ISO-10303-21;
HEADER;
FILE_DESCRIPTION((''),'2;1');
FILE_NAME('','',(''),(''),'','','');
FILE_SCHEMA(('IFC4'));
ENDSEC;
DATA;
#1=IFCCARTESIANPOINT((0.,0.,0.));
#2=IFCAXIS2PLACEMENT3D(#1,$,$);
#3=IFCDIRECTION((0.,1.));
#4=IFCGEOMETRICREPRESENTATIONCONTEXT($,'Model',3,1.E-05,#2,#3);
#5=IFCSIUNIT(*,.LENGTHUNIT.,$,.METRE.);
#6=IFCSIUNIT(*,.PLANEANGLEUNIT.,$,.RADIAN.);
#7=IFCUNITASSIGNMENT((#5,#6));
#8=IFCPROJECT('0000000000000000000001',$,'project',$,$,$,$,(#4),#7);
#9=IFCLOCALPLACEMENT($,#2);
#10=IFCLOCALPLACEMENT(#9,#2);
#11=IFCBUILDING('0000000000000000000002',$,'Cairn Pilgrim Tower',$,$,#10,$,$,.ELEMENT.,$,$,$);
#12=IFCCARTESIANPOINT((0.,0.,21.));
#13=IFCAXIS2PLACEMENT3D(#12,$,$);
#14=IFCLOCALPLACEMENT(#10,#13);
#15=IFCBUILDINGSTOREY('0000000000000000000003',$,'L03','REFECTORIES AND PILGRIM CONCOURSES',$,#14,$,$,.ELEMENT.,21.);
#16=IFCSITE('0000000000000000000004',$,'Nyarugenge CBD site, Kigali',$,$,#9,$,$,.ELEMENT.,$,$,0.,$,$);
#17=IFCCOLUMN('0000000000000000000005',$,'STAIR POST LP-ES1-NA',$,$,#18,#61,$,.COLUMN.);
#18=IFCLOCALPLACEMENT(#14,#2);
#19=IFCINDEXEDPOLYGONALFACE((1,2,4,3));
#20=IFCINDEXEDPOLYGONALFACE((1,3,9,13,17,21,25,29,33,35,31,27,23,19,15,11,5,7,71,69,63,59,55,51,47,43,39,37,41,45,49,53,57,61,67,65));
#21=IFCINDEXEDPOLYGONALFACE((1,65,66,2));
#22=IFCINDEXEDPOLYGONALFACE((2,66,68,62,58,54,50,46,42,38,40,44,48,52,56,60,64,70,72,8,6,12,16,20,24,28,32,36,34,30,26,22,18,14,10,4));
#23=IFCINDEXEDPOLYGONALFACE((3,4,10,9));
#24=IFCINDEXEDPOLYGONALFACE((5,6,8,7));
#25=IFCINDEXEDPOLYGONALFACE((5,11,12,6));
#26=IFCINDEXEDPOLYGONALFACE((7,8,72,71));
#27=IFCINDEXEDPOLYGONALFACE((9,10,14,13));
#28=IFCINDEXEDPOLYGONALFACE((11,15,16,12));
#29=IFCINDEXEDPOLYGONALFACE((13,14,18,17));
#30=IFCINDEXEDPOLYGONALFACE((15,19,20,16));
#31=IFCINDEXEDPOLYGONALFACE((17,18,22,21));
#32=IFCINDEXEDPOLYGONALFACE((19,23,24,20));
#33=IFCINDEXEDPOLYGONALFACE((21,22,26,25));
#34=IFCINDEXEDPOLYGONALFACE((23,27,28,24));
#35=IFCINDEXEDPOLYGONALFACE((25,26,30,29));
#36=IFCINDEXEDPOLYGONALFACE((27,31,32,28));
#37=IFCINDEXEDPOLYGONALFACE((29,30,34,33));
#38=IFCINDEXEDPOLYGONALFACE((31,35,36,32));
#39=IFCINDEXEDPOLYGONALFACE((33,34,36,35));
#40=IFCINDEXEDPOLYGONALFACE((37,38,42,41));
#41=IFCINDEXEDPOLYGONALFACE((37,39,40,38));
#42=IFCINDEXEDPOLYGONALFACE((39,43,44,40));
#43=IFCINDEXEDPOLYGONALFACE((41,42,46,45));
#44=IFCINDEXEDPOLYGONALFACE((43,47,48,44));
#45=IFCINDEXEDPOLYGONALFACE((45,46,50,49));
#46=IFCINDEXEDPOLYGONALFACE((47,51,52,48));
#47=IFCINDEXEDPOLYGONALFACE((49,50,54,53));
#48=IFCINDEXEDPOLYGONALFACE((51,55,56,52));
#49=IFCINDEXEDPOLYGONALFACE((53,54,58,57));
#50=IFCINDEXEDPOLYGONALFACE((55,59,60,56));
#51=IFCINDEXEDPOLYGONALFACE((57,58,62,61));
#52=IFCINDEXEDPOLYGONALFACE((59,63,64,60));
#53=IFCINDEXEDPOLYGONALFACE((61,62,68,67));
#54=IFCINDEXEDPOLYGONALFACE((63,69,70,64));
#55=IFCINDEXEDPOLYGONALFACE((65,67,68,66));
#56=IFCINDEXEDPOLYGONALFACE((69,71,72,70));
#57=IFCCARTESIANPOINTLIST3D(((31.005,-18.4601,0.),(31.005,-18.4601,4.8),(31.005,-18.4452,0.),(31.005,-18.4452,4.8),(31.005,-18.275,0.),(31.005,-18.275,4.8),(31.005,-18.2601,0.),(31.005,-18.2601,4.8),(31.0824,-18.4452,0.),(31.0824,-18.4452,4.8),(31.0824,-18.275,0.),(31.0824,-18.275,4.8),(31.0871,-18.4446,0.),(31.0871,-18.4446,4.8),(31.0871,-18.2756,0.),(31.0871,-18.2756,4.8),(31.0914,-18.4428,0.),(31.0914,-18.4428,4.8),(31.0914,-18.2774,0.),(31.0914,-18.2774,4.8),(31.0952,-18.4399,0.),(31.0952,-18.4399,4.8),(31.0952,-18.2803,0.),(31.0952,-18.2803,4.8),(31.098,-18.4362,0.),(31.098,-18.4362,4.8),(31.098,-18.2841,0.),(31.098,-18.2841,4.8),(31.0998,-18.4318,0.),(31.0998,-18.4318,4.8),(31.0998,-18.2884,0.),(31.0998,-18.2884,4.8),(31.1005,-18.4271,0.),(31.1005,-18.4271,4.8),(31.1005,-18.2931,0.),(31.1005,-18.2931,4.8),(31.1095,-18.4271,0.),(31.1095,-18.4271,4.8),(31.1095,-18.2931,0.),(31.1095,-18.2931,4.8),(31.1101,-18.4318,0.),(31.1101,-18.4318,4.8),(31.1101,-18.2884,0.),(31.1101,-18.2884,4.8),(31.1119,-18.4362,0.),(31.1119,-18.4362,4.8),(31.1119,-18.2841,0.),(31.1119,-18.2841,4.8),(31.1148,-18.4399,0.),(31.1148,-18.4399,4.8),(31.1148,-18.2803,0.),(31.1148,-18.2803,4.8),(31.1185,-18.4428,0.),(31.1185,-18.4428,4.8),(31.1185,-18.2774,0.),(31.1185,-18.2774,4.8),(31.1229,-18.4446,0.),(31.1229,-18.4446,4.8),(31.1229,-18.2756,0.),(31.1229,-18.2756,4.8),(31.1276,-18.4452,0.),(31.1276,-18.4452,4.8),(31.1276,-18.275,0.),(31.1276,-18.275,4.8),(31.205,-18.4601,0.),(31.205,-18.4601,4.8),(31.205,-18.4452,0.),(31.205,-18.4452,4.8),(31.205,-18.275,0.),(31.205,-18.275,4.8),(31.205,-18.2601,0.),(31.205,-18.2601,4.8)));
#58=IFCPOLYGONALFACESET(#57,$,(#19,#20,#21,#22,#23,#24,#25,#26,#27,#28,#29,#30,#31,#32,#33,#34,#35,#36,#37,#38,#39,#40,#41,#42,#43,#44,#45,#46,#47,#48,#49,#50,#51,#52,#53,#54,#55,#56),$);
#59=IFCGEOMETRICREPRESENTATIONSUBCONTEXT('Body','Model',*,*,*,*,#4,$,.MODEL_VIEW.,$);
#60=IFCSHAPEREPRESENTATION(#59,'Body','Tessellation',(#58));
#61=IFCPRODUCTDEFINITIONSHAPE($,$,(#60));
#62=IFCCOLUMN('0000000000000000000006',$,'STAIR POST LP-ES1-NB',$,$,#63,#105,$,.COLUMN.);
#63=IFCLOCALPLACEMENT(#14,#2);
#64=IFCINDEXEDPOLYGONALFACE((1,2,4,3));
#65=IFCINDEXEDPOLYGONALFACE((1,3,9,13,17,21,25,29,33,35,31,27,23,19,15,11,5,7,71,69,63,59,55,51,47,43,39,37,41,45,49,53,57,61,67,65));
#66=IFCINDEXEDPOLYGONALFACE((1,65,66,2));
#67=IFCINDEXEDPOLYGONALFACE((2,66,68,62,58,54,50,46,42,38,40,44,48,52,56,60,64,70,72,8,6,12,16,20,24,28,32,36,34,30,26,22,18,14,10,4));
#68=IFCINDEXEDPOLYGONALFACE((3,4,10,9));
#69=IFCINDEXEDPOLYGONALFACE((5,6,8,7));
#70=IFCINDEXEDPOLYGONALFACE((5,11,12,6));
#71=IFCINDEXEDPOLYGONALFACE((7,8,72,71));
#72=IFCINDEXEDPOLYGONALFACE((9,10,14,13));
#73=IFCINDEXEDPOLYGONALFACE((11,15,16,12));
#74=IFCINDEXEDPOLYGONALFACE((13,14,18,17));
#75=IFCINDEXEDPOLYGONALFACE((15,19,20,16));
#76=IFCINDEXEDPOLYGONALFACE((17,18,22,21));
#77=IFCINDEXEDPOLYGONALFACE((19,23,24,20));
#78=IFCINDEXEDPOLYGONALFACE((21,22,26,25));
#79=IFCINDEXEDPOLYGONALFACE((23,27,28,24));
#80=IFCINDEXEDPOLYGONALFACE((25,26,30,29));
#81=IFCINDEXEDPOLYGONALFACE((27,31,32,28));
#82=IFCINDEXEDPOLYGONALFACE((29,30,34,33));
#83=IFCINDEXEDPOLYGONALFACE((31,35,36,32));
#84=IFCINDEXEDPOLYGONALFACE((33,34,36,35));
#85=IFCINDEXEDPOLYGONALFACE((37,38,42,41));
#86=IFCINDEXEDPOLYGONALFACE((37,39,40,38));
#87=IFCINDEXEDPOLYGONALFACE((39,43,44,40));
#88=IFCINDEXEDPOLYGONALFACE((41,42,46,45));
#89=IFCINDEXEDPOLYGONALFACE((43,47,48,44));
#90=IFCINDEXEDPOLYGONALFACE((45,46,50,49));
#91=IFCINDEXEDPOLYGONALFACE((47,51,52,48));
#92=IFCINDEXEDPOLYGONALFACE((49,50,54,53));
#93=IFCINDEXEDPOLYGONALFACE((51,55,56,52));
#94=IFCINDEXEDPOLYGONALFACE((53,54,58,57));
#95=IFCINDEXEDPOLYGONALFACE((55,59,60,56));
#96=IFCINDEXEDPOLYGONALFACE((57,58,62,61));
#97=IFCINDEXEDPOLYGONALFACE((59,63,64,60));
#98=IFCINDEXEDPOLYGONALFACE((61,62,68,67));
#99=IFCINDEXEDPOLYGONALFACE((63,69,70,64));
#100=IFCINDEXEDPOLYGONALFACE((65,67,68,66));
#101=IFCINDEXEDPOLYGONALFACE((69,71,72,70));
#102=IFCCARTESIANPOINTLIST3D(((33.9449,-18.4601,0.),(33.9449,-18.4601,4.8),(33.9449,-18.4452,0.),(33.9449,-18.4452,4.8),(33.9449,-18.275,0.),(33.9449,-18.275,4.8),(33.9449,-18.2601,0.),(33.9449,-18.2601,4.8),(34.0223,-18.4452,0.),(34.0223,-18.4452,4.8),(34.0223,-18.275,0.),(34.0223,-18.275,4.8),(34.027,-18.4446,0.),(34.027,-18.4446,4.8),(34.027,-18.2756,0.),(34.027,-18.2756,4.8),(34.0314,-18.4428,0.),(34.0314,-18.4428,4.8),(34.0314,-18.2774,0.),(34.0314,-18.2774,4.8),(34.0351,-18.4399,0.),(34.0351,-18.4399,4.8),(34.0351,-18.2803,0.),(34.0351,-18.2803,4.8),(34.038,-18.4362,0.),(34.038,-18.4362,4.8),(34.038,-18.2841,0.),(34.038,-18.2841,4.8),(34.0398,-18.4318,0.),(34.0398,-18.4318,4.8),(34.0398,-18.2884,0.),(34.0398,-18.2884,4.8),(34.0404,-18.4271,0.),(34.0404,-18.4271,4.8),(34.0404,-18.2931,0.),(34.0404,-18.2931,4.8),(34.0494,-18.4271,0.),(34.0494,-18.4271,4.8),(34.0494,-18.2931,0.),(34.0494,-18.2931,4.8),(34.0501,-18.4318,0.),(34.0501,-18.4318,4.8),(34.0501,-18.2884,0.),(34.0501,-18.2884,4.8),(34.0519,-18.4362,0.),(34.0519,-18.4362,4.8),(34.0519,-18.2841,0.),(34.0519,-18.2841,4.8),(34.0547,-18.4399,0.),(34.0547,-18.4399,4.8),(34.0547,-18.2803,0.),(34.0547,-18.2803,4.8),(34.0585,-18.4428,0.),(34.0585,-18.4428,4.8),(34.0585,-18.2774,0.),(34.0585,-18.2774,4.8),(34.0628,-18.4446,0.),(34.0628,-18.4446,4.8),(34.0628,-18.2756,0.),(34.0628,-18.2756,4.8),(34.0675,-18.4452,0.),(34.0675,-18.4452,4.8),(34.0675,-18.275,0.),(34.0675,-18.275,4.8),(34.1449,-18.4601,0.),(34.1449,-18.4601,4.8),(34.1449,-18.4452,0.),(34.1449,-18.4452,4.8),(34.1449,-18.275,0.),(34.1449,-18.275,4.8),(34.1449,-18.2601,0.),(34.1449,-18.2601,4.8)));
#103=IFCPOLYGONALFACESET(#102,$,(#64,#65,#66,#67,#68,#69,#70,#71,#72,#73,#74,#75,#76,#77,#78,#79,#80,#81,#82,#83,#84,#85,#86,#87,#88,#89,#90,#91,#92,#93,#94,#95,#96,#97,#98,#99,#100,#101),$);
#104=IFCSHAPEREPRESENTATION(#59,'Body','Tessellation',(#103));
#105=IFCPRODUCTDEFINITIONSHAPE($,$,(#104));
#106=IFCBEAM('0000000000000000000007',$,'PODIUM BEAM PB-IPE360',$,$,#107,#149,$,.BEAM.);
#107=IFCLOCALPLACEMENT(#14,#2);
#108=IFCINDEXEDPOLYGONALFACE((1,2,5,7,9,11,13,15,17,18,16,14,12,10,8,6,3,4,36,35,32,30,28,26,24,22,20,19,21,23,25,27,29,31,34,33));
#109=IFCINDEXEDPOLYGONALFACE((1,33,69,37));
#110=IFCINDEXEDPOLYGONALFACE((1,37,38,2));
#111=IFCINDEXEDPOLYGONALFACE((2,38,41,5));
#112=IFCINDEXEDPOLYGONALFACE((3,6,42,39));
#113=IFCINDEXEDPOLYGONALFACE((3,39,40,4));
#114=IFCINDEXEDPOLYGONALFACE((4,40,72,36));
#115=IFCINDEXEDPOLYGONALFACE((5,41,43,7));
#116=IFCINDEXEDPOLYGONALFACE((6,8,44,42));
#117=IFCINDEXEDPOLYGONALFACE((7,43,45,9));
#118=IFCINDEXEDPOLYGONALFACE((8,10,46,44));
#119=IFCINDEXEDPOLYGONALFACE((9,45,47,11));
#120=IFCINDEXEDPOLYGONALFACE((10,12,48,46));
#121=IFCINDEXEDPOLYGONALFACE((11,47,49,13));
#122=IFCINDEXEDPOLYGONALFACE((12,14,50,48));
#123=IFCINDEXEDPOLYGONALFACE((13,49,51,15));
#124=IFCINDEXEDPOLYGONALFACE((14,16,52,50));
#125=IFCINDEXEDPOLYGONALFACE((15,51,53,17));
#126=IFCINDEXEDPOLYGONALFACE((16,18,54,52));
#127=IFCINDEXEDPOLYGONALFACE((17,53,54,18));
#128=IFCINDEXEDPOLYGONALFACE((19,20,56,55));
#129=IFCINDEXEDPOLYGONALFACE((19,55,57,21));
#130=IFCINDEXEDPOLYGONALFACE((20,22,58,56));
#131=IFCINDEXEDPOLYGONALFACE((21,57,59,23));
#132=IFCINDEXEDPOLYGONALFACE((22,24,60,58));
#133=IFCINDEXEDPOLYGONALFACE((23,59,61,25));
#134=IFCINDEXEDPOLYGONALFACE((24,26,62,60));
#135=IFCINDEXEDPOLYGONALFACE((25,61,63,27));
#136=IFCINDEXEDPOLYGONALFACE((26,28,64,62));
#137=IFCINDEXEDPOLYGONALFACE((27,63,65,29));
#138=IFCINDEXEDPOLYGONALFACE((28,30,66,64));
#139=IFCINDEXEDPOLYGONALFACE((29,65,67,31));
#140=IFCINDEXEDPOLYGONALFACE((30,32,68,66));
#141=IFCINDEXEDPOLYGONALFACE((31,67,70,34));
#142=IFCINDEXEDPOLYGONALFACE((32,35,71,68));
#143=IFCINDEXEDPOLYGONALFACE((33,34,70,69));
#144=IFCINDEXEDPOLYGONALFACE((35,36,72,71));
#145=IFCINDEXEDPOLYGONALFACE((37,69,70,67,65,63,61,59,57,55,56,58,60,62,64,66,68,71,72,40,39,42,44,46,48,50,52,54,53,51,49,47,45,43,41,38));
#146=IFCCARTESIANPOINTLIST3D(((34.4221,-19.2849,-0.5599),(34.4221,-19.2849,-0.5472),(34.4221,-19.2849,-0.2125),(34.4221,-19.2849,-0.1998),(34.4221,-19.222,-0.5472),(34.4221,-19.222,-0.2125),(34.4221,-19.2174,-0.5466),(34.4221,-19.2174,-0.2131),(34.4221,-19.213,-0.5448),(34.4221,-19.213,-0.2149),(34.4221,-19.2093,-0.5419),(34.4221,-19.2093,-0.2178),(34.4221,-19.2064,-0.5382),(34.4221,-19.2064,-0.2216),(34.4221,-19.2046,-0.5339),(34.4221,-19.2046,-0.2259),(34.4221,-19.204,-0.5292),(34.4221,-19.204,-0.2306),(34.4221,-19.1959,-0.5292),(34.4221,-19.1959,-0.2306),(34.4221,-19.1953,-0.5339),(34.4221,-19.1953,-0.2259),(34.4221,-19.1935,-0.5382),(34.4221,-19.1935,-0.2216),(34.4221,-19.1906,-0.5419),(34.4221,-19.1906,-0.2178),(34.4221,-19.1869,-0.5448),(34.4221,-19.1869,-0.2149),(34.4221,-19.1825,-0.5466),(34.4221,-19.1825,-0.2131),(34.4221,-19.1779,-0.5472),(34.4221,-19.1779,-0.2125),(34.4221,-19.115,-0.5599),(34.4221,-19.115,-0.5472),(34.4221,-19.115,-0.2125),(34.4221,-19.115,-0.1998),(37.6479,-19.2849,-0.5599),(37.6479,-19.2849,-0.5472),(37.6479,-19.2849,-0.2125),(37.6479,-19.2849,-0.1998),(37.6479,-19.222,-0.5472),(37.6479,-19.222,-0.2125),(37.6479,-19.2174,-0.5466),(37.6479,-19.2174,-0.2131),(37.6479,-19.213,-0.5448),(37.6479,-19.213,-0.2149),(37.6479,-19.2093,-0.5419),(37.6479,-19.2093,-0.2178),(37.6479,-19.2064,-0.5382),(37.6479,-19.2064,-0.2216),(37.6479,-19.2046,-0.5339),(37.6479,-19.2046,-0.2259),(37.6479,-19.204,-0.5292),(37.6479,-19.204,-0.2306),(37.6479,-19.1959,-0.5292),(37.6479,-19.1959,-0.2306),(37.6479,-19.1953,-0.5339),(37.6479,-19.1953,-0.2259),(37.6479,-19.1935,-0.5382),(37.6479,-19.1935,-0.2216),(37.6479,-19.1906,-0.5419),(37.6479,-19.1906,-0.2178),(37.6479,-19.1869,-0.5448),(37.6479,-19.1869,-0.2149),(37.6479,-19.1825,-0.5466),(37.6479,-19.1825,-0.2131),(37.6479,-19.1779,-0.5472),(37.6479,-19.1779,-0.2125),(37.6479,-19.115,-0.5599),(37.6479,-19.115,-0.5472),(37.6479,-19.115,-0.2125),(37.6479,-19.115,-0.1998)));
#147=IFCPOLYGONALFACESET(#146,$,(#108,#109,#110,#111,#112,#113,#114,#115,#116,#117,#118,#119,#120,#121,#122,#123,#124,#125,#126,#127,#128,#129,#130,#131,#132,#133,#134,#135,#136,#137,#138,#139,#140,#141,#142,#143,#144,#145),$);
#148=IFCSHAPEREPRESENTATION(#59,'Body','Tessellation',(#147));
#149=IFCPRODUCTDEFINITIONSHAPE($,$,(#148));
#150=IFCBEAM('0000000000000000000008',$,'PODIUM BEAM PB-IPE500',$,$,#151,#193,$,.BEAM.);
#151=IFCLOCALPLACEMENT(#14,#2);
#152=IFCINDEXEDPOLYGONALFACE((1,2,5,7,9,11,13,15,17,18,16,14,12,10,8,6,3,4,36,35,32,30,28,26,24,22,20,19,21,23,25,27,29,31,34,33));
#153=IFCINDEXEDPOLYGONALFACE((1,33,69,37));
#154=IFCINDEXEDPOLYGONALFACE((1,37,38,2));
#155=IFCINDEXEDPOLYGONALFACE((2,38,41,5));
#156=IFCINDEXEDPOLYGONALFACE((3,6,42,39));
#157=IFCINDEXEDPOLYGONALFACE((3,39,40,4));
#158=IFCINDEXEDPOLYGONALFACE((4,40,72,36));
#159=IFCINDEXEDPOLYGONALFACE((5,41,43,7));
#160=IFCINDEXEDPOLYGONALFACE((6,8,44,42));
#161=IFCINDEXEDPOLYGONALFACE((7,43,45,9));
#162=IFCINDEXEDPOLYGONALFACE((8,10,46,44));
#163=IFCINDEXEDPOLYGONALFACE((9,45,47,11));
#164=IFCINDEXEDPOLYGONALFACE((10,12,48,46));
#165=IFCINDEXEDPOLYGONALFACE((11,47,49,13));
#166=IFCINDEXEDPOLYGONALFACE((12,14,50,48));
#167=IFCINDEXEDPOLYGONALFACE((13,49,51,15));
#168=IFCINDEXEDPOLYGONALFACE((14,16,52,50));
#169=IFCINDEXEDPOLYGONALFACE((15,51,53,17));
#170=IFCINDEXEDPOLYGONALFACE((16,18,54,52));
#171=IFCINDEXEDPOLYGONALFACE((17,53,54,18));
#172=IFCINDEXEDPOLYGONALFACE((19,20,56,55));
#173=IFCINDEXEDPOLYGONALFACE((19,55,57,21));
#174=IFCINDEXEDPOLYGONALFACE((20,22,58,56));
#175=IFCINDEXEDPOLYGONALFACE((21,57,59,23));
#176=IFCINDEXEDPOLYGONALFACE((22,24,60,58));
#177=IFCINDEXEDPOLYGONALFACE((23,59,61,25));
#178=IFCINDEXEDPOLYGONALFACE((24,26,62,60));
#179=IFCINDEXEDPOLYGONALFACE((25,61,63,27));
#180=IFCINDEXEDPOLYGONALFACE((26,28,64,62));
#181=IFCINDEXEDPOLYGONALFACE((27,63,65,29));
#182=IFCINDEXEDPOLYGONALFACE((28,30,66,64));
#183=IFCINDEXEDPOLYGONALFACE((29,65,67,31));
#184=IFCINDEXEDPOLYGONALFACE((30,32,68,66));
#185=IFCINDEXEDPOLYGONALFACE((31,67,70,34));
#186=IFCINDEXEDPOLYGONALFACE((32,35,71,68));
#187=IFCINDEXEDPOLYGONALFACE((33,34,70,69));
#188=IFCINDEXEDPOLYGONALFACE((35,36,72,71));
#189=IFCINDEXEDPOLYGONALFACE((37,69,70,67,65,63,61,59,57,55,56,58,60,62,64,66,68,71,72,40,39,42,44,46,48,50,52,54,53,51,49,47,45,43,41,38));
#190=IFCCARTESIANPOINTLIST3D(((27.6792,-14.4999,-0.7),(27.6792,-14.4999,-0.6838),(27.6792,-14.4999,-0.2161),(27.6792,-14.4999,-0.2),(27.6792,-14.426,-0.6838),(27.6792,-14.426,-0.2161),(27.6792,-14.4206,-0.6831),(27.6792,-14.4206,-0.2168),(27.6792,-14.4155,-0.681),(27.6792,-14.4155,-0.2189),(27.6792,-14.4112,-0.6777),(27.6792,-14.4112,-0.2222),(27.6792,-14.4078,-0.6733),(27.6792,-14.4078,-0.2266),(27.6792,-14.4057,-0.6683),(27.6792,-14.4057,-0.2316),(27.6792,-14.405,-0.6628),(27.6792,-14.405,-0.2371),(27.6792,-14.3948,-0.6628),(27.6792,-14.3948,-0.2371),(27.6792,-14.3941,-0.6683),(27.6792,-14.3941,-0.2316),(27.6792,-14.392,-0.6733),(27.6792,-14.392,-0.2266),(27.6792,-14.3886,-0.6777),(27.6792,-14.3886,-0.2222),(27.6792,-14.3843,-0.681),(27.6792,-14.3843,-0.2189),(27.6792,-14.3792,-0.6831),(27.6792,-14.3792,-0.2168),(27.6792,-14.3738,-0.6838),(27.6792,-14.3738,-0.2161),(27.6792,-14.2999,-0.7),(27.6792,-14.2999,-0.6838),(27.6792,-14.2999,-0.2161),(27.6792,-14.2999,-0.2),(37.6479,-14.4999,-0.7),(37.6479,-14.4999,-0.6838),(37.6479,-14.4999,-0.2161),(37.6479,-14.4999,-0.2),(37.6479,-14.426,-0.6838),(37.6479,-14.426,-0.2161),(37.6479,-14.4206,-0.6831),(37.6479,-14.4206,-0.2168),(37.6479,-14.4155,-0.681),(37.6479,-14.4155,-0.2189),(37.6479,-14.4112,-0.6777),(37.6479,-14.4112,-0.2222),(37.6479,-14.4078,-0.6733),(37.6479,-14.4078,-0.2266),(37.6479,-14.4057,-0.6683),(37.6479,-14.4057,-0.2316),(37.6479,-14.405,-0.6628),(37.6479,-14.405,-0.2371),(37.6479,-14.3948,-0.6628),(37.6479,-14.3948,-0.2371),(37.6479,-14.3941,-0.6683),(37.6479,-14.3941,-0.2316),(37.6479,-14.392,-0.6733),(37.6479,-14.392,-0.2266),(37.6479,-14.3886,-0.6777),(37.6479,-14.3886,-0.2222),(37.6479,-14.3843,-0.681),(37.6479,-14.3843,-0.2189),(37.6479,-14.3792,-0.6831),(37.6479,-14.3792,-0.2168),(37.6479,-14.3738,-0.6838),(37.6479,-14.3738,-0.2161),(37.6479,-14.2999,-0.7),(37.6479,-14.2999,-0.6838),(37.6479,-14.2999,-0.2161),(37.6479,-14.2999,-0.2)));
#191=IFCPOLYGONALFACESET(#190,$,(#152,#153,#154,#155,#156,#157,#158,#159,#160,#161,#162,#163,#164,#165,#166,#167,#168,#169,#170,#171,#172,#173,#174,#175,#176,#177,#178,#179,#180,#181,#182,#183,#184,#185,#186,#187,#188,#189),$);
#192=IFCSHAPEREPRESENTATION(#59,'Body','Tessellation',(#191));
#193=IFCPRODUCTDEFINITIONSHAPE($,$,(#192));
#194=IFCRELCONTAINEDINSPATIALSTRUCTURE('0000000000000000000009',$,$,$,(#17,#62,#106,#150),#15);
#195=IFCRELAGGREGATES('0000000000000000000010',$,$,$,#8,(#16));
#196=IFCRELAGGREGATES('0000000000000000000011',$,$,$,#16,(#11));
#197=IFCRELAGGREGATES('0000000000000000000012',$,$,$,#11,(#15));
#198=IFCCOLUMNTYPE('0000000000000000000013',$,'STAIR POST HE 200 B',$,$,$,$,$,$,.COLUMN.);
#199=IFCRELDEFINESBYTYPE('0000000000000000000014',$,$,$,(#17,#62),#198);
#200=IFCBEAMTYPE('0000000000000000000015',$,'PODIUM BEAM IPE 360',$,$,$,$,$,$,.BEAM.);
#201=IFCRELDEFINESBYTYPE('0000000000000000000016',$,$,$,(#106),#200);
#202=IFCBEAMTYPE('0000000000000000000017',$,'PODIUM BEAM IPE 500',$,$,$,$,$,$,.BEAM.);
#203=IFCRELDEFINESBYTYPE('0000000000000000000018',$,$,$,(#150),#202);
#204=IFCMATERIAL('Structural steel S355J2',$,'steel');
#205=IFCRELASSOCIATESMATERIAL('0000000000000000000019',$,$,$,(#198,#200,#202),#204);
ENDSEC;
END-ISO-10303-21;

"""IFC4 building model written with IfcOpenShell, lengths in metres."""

from ifc_helpers import new_model, si_unit, direction, frame, origin, origin_2d, place, context, subcontext, project, spatial, i_section, extrude, material, material_profile, profile_set, type_object, element, save


model = new_model("IFC4")

# Units and contexts
model_context = context("Model", 3, precision=1e-05, world=origin(), true_north=direction((0.0, 1.0)))
body_context = subcontext(model_context, "Body", "Model", "MODEL_VIEW")
ifc_project = project(units=[si_unit("LENGTHUNIT", "METRE"), si_unit("PLANEANGLEUNIT", "RADIAN")], contexts=[model_context])

# Site, building, storey
site_placement = place(None, origin())
site = spatial("IfcSite", under=ifc_project, at=site_placement, Name="Nyarugenge CBD site, Kigali", CompositionType="ELEMENT", RefElevation=0.0)
building_placement = place(site_placement, origin())
building = spatial("IfcBuilding", under=site, at=building_placement, Name="Cairn Pilgrim Tower", CompositionType="ELEMENT")
storey_placement = place(building_placement, frame((0.0, 0.0, 21.0)))
storey = spatial("IfcBuildingStorey", under=building, at=storey_placement, Name="L03", Description="REFECTORIES AND PILGRIM CONCOURSES", CompositionType="ELEMENT", Elevation=21.0)

# Columns
ifc_material_1 = material(Name="Structural steel S355J2", Category="steel")
ifc_material_profile_1 = material_profile(ifc_material_1, i_section(OverallWidth=0.2, OverallDepth=0.2, WebThickness=0.009, FlangeThickness=0.0149, FilletRadius=0.0181, at=origin_2d()), Name="HE 200 B")
ifc_profile_set_1 = profile_set([ifc_material_profile_1], Name="Structural steel S355J2")
column_type = type_object("IfcColumnType", Name="STAIR POST HE 200 B", PredefinedType="COLUMN", material=ifc_profile_set_1)
for number, where, z_axis, x_axis, name in (
    (1, (31.105, -18.3601, 0.0), (0.0, 0.0, 1.0), (1.0, 0.0, 0.0), "STAIR POST LP-ES1-NA"),
    (2, (34.0449, -18.3601, 0.0), (0.0, 0.0, 1.0), (1.0, 0.0, 0.0), "STAIR POST LP-ES1-NB"),
):
    element("IfcColumn", number, at=place(storey_placement, frame(where, z_axis=z_axis, x_axis=x_axis)), inside=storey, type_object=column_type, Name=name, PredefinedType="COLUMN", context=body_context, shape_type="SweptSolid", body=[
        extrude(i_section(OverallWidth=0.2, OverallDepth=0.2, WebThickness=0.009, FlangeThickness=0.0149, FilletRadius=0.0181, at=origin_2d()), origin(), (0.0, 0.0, 1.0), 4.8),
    ])

# Beams
ifc_material_profile_2 = material_profile(ifc_material_1, i_section(OverallWidth=0.1699, OverallDepth=0.3601, WebThickness=0.0081, FlangeThickness=0.0127, FilletRadius=0.0181, at=origin_2d()), Name="IPE 360")
ifc_profile_set_2 = profile_set([ifc_material_profile_2], Name="Structural steel S355J2")
beam_type_1 = type_object("IfcBeamType", Name="PODIUM BEAM IPE 360", PredefinedType="BEAM", material=ifc_profile_set_2)
beam_1_placement = place(storey_placement, frame((34.4221, -19.2, -0.3799), z_axis=(1.0, 0.0, 0.0), x_axis=(0.0, 1.0, 0.0)))
element("IfcBeam", 3, at=beam_1_placement, inside=storey, type_object=beam_type_1, Name="PODIUM BEAM PB-IPE360", PredefinedType="BEAM", context=body_context, shape_type="SweptSolid", body=[
    extrude(i_section(OverallWidth=0.1699, OverallDepth=0.3601, WebThickness=0.0081, FlangeThickness=0.0127, FilletRadius=0.0181, at=origin_2d()), origin(), (0.0, 0.0, 1.0), 3.2258),
])
ifc_material_profile_3 = material_profile(ifc_material_1, i_section(OverallWidth=0.2, OverallDepth=0.5, WebThickness=0.0103, FlangeThickness=0.0161, FilletRadius=0.021, at=origin_2d()), Name="IPE 500")
ifc_profile_set_3 = profile_set([ifc_material_profile_3], Name="Structural steel S355J2")
beam_type_2 = type_object("IfcBeamType", Name="PODIUM BEAM IPE 500", PredefinedType="BEAM", material=ifc_profile_set_3)
beam_2_placement = place(storey_placement, frame((27.6792, -14.3999, -0.45), z_axis=(1.0, 0.0, 0.0), x_axis=(0.0, 1.0, 0.0)))
element("IfcBeam", 4, at=beam_2_placement, inside=storey, type_object=beam_type_2, Name="PODIUM BEAM PB-IPE500", PredefinedType="BEAM", context=body_context, shape_type="SweptSolid", body=[
    extrude(i_section(OverallWidth=0.2, OverallDepth=0.5, WebThickness=0.0103, FlangeThickness=0.0161, FilletRadius=0.021, at=origin_2d()), origin(), (0.0, 0.0, 1.0), 9.9688),
])

save(model, "model.ifc")
